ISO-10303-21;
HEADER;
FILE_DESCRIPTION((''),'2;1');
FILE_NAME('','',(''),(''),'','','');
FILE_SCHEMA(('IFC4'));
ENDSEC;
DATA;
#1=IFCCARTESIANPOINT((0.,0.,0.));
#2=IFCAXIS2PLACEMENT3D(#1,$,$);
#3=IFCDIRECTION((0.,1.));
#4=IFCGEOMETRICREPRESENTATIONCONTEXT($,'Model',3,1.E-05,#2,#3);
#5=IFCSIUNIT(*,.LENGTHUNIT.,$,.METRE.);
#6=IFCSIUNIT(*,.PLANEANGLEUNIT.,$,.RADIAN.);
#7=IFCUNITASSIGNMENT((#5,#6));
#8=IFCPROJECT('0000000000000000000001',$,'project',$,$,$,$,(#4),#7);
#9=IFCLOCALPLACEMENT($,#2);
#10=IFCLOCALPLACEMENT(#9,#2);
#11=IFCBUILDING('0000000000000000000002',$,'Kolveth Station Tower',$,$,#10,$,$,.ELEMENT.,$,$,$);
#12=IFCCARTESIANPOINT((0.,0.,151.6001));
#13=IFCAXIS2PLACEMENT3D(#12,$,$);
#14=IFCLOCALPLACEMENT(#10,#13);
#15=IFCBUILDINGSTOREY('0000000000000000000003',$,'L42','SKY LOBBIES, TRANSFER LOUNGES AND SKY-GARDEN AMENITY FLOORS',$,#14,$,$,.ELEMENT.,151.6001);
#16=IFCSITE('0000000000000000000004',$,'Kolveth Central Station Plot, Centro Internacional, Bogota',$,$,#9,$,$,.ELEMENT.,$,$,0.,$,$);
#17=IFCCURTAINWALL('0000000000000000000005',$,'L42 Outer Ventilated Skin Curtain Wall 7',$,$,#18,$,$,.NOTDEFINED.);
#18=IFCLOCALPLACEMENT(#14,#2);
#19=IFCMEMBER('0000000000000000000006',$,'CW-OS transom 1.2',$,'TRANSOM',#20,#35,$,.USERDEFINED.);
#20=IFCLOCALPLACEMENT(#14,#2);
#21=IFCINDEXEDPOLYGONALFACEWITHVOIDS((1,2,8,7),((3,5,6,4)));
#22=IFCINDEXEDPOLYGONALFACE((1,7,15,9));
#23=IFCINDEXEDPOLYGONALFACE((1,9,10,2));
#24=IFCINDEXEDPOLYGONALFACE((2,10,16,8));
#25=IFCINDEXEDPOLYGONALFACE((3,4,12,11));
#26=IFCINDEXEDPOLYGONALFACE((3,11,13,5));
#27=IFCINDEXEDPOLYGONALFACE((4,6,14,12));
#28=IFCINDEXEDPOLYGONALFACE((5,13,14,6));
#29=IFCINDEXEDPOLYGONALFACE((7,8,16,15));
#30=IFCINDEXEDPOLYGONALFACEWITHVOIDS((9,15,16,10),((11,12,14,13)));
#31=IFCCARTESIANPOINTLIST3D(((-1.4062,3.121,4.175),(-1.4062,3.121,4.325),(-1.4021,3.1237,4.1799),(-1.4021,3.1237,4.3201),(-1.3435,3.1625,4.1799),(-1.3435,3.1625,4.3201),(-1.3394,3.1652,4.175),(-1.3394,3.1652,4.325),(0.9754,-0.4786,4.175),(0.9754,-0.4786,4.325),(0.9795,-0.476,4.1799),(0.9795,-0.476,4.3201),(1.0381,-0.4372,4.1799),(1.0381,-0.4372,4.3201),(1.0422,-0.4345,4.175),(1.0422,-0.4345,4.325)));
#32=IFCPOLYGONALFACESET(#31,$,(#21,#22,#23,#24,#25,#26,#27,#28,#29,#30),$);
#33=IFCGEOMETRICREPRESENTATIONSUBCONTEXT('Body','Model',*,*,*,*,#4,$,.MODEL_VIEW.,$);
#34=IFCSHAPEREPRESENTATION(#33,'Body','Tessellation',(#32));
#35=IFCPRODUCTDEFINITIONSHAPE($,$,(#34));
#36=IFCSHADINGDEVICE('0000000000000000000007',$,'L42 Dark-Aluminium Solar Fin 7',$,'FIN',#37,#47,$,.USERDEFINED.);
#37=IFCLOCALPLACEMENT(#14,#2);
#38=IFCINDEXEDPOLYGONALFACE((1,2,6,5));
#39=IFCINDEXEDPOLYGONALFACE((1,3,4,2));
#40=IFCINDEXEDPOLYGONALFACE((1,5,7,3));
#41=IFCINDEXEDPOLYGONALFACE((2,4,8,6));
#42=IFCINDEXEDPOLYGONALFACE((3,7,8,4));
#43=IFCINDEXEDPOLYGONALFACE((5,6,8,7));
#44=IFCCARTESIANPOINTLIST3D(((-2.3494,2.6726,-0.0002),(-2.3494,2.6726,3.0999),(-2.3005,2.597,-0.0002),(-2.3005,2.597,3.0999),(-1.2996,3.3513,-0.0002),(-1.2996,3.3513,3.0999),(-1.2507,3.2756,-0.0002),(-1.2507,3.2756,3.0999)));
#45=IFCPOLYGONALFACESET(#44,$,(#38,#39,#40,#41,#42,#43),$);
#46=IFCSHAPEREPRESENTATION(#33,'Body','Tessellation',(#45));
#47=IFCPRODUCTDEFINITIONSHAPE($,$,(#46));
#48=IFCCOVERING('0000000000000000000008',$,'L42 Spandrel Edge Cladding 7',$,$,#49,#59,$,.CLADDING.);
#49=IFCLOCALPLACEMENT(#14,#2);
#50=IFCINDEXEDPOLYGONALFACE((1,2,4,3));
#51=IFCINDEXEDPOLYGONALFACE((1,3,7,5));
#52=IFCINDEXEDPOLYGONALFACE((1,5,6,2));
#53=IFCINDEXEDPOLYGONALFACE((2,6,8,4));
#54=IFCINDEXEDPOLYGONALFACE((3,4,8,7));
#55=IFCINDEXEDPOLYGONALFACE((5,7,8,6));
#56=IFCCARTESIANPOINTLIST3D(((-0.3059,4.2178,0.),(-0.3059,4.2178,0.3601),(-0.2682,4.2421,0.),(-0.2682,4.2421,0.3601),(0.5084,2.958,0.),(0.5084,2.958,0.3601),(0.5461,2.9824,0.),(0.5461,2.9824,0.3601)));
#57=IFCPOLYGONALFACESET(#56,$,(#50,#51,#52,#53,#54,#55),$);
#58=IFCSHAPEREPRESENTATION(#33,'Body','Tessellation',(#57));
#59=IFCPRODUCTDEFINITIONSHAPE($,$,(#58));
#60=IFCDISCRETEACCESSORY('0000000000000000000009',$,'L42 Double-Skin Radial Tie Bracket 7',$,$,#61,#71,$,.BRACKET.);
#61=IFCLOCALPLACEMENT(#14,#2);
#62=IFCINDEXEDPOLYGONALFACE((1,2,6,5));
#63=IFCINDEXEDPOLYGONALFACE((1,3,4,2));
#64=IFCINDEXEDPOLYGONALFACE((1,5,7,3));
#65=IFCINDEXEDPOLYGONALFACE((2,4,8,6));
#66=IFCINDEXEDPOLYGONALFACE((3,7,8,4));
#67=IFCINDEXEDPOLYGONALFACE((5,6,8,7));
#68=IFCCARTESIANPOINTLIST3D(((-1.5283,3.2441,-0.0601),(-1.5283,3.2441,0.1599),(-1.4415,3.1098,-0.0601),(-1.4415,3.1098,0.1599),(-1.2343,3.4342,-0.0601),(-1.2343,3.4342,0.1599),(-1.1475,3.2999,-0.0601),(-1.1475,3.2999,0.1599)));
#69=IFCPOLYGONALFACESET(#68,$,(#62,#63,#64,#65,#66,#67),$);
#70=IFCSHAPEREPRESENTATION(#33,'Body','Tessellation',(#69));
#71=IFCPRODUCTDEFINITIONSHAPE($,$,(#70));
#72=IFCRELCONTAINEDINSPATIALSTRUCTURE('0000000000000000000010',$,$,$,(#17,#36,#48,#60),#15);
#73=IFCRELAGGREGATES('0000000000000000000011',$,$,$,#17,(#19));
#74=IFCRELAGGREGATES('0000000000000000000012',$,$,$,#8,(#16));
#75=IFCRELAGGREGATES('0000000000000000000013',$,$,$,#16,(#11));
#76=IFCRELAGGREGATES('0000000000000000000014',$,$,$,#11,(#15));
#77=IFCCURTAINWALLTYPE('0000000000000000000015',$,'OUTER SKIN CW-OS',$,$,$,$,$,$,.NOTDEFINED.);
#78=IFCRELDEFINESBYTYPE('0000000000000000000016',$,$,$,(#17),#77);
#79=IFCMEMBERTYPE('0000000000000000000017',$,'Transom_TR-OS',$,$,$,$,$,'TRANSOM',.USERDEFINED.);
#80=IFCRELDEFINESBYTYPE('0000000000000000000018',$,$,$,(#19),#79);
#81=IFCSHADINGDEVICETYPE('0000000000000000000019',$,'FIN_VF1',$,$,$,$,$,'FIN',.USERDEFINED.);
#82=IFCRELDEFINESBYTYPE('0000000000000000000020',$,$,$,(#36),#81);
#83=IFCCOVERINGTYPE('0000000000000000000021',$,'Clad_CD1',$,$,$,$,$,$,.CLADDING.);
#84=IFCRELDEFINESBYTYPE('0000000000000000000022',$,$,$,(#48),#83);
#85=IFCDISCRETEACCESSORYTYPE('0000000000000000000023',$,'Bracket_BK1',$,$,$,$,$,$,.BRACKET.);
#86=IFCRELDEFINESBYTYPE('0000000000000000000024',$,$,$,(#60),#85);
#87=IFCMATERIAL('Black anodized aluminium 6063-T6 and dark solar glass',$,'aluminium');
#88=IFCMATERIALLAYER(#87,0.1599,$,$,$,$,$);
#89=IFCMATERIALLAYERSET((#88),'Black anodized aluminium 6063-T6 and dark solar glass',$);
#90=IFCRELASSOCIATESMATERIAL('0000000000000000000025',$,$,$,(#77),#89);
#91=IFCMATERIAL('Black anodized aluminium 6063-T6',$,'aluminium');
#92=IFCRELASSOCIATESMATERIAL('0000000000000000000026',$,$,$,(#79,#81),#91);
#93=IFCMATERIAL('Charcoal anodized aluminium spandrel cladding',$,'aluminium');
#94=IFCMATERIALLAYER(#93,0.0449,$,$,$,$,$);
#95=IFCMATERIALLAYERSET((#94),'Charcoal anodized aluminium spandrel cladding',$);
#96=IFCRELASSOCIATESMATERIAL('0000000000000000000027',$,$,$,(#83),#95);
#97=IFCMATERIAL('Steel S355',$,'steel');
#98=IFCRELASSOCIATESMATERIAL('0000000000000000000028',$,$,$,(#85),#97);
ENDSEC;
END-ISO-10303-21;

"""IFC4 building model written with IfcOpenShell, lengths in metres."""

from ifc_helpers import new_model, si_unit, direction, frame, origin, origin_2d, place, context, subcontext, project, spatial, rectangle, hollow_rectangle, extrude, source, transform, mapped, material, layer, layer_set, material_profile, profile_set, type_object, element, aggregate, save


model = new_model("IFC4")

# Units and contexts
model_context = context("Model", 3, precision=1e-05, world=origin(), true_north=direction((0.0, 1.0)))
body_context = subcontext(model_context, "Body", "Model", "MODEL_VIEW")
ifc_project = project(units=[si_unit("LENGTHUNIT", "METRE"), si_unit("PLANEANGLEUNIT", "RADIAN")], contexts=[model_context])

# Site, building, storey
site_placement = place(None, origin())
site = spatial("IfcSite", under=ifc_project, at=site_placement, Name="Kolveth Central Station Plot, Centro Internacional, Bogota", CompositionType="ELEMENT", RefElevation=0.0)
building_placement = place(site_placement, origin())
building = spatial("IfcBuilding", under=site, at=building_placement, Name="Kolveth Station Tower", CompositionType="ELEMENT")
storey_placement = place(building_placement, frame((0.0, 0.0, 151.6001)))
storey = spatial("IfcBuildingStorey", under=building, at=storey_placement, Name="L42", Description="SKY LOBBIES, TRANSFER LOUNGES AND SKY-GARDEN AMENITY FLOORS", CompositionType="ELEMENT", Elevation=151.6001)

# Shared definitions
ifc_material_1 = material(Name="Steel S355", Category="steel")

# Shared definitions
ifc_material_2 = material(Name="Black anodized aluminium 6063-T6", Category="aluminium")

# Shared definitions
ifc_material_3 = material(Name="Black anodized aluminium 6063-T6 and dark solar glass", Category="aluminium")
ifc_layer_1 = layer(ifc_material_3, 0.1599)
ifc_layer_set_1 = layer_set([ifc_layer_1], Name="Black anodized aluminium 6063-T6 and dark solar glass")
curtain_wall_type_1 = type_object("IfcCurtainWallType", Name="OUTER SKIN CW-OS", PredefinedType="NOTDEFINED", material=ifc_layer_set_1)

# Curtain wall, member
curtain_wall_1_placement = place(storey_placement, origin())
curtain_wall_1 = element("IfcCurtainWall", 1, at=curtain_wall_1_placement, inside=storey, type_object=curtain_wall_type_1, Name="L42 Outer Ventilated Skin Curtain Wall 7", PredefinedType="NOTDEFINED")
ifc_material_profile_1 = material_profile(ifc_material_2, hollow_rectangle(XDim=0.0801, YDim=0.1499, WallThickness=0.0049, at=origin_2d()), Name="ALU-80x150x5")
ifc_profile_set_1 = profile_set([ifc_material_profile_1], Name="Black anodized aluminium 6063-T6")
member_type_1 = type_object("IfcMemberType", Name="Transom_TR-OS", ElementType="TRANSOM", PredefinedType="USERDEFINED", material=ifc_profile_set_1)
shared_shape_1 = source(origin(), body_context, "Body", "SweptSolid", [
    extrude(hollow_rectangle(XDim=0.0801, YDim=0.1499, WallThickness=0.0049, at=origin_2d()), origin(), (0.0, 0.0, 1.0), 4.3162),
])
member_1_placement = place(storey_placement, frame((-1.3728, 3.1431, 4.25), z_axis=(0.551786, -0.833986, 0.0), x_axis=(0.833986, 0.551786, 0.0)))
member_1 = element("IfcMember", 2, at=member_1_placement, type_object=member_type_1, Name="CW-OS transom 1.2", ObjectType="TRANSOM", PredefinedType="USERDEFINED", context=body_context, shape_type="MappedRepresentation", body=[
    mapped(shared_shape_1, transform((0.0, 0.0, 0.0), x_axis=(1.0, 0.0, 0.0), y_axis=(0.0, 1.0, 0.0), z_axis=(0.0, 0.0, 1.0), scale=1.0)),
])
aggregate(curtain_wall_1, [member_1])

# Shading device
shading_device_type = type_object("IfcShadingDeviceType", Name="FIN_VF1", ElementType="FIN", PredefinedType="USERDEFINED", material=ifc_material_2)
shared_shape_2 = source(origin(), body_context, "Body", "SweptSolid", [
    extrude(rectangle(XDim=1.25, YDim=0.0901, at=origin_2d()), origin(), (0.0, 0.0, 1.0), 3.1001),
])
shading_device_placement = place(storey_placement, frame((-1.8, 2.9741, -0.0002), z_axis=(0.0, 0.0, 1.0), x_axis=(-0.839809, -0.542881, 0.0)))
element("IfcShadingDevice", 3, at=shading_device_placement, inside=storey, type_object=shading_device_type, Name="L42 Dark-Aluminium Solar Fin 7", ObjectType="FIN", PredefinedType="USERDEFINED", context=body_context, shape_type="MappedRepresentation", body=[
    mapped(shared_shape_2, transform((0.0, 0.0, 0.0), x_axis=(1.0, 0.0, 0.0), y_axis=(0.0, 1.0, 0.0), z_axis=(0.0, 0.0, 1.0), scale=1.0)),
])

# Covering
ifc_material_4 = material(Name="Charcoal anodized aluminium spandrel cladding", Category="aluminium")
ifc_layer_2 = layer(ifc_material_4, 0.0449)
ifc_layer_set_2 = layer_set([ifc_layer_2], Name="Charcoal anodized aluminium spandrel cladding")
covering_type = type_object("IfcCoveringType", Name="Clad_CD1", PredefinedType="CLADDING", material=ifc_layer_set_2)
shared_shape_3 = source(origin(), body_context, "Body", "SweptSolid", [
    extrude(rectangle(XDim=1.5, YDim=0.0449, at=origin_2d()), origin(), (0.0, 0.0, 1.0), 0.3601),
])
covering_placement = place(storey_placement, frame((0.1201, 3.6001, 0.0), z_axis=(0.0, 0.0, 1.0), x_axis=(0.542881, -0.839809, 0.0)))
element("IfcCovering", 4, at=covering_placement, inside=storey, type_object=covering_type, Name="L42 Spandrel Edge Cladding 7", PredefinedType="CLADDING", context=body_context, shape_type="MappedRepresentation", body=[
    mapped(shared_shape_3, transform((0.0, 0.0, 0.0), x_axis=(1.0, 0.0, 0.0), y_axis=(0.0, 1.0, 0.0), z_axis=(0.0, 0.0, 1.0), scale=1.0)),
])

# Discrete accessory
discrete_accessory_type = type_object("IfcDiscreteAccessoryType", Name="Bracket_BK1", PredefinedType="BRACKET", material=ifc_material_1)
shared_shape_4 = source(origin(), body_context, "Body", "SweptSolid", [
    extrude(rectangle(XDim=0.3501, YDim=0.1599, at=origin_2d()), origin(), (0.0, 0.0, 1.0), 0.22),
])
discrete_accessory_placement = place(storey_placement, frame((-1.3379, 3.272, -0.0601), z_axis=(0.0, 0.0, 1.0), x_axis=(-0.839809, -0.542881, 0.0)))
element("IfcDiscreteAccessory", 5, at=discrete_accessory_placement, inside=storey, type_object=discrete_accessory_type, Name="L42 Double-Skin Radial Tie Bracket 7", PredefinedType="BRACKET", context=body_context, shape_type="MappedRepresentation", body=[
    mapped(shared_shape_4, transform((0.0, 0.0, 0.0), x_axis=(1.0, 0.0, 0.0), y_axis=(0.0, 1.0, 0.0), z_axis=(0.0, 0.0, 1.0), scale=1.0)),
])

save(model, "model.ifc")
